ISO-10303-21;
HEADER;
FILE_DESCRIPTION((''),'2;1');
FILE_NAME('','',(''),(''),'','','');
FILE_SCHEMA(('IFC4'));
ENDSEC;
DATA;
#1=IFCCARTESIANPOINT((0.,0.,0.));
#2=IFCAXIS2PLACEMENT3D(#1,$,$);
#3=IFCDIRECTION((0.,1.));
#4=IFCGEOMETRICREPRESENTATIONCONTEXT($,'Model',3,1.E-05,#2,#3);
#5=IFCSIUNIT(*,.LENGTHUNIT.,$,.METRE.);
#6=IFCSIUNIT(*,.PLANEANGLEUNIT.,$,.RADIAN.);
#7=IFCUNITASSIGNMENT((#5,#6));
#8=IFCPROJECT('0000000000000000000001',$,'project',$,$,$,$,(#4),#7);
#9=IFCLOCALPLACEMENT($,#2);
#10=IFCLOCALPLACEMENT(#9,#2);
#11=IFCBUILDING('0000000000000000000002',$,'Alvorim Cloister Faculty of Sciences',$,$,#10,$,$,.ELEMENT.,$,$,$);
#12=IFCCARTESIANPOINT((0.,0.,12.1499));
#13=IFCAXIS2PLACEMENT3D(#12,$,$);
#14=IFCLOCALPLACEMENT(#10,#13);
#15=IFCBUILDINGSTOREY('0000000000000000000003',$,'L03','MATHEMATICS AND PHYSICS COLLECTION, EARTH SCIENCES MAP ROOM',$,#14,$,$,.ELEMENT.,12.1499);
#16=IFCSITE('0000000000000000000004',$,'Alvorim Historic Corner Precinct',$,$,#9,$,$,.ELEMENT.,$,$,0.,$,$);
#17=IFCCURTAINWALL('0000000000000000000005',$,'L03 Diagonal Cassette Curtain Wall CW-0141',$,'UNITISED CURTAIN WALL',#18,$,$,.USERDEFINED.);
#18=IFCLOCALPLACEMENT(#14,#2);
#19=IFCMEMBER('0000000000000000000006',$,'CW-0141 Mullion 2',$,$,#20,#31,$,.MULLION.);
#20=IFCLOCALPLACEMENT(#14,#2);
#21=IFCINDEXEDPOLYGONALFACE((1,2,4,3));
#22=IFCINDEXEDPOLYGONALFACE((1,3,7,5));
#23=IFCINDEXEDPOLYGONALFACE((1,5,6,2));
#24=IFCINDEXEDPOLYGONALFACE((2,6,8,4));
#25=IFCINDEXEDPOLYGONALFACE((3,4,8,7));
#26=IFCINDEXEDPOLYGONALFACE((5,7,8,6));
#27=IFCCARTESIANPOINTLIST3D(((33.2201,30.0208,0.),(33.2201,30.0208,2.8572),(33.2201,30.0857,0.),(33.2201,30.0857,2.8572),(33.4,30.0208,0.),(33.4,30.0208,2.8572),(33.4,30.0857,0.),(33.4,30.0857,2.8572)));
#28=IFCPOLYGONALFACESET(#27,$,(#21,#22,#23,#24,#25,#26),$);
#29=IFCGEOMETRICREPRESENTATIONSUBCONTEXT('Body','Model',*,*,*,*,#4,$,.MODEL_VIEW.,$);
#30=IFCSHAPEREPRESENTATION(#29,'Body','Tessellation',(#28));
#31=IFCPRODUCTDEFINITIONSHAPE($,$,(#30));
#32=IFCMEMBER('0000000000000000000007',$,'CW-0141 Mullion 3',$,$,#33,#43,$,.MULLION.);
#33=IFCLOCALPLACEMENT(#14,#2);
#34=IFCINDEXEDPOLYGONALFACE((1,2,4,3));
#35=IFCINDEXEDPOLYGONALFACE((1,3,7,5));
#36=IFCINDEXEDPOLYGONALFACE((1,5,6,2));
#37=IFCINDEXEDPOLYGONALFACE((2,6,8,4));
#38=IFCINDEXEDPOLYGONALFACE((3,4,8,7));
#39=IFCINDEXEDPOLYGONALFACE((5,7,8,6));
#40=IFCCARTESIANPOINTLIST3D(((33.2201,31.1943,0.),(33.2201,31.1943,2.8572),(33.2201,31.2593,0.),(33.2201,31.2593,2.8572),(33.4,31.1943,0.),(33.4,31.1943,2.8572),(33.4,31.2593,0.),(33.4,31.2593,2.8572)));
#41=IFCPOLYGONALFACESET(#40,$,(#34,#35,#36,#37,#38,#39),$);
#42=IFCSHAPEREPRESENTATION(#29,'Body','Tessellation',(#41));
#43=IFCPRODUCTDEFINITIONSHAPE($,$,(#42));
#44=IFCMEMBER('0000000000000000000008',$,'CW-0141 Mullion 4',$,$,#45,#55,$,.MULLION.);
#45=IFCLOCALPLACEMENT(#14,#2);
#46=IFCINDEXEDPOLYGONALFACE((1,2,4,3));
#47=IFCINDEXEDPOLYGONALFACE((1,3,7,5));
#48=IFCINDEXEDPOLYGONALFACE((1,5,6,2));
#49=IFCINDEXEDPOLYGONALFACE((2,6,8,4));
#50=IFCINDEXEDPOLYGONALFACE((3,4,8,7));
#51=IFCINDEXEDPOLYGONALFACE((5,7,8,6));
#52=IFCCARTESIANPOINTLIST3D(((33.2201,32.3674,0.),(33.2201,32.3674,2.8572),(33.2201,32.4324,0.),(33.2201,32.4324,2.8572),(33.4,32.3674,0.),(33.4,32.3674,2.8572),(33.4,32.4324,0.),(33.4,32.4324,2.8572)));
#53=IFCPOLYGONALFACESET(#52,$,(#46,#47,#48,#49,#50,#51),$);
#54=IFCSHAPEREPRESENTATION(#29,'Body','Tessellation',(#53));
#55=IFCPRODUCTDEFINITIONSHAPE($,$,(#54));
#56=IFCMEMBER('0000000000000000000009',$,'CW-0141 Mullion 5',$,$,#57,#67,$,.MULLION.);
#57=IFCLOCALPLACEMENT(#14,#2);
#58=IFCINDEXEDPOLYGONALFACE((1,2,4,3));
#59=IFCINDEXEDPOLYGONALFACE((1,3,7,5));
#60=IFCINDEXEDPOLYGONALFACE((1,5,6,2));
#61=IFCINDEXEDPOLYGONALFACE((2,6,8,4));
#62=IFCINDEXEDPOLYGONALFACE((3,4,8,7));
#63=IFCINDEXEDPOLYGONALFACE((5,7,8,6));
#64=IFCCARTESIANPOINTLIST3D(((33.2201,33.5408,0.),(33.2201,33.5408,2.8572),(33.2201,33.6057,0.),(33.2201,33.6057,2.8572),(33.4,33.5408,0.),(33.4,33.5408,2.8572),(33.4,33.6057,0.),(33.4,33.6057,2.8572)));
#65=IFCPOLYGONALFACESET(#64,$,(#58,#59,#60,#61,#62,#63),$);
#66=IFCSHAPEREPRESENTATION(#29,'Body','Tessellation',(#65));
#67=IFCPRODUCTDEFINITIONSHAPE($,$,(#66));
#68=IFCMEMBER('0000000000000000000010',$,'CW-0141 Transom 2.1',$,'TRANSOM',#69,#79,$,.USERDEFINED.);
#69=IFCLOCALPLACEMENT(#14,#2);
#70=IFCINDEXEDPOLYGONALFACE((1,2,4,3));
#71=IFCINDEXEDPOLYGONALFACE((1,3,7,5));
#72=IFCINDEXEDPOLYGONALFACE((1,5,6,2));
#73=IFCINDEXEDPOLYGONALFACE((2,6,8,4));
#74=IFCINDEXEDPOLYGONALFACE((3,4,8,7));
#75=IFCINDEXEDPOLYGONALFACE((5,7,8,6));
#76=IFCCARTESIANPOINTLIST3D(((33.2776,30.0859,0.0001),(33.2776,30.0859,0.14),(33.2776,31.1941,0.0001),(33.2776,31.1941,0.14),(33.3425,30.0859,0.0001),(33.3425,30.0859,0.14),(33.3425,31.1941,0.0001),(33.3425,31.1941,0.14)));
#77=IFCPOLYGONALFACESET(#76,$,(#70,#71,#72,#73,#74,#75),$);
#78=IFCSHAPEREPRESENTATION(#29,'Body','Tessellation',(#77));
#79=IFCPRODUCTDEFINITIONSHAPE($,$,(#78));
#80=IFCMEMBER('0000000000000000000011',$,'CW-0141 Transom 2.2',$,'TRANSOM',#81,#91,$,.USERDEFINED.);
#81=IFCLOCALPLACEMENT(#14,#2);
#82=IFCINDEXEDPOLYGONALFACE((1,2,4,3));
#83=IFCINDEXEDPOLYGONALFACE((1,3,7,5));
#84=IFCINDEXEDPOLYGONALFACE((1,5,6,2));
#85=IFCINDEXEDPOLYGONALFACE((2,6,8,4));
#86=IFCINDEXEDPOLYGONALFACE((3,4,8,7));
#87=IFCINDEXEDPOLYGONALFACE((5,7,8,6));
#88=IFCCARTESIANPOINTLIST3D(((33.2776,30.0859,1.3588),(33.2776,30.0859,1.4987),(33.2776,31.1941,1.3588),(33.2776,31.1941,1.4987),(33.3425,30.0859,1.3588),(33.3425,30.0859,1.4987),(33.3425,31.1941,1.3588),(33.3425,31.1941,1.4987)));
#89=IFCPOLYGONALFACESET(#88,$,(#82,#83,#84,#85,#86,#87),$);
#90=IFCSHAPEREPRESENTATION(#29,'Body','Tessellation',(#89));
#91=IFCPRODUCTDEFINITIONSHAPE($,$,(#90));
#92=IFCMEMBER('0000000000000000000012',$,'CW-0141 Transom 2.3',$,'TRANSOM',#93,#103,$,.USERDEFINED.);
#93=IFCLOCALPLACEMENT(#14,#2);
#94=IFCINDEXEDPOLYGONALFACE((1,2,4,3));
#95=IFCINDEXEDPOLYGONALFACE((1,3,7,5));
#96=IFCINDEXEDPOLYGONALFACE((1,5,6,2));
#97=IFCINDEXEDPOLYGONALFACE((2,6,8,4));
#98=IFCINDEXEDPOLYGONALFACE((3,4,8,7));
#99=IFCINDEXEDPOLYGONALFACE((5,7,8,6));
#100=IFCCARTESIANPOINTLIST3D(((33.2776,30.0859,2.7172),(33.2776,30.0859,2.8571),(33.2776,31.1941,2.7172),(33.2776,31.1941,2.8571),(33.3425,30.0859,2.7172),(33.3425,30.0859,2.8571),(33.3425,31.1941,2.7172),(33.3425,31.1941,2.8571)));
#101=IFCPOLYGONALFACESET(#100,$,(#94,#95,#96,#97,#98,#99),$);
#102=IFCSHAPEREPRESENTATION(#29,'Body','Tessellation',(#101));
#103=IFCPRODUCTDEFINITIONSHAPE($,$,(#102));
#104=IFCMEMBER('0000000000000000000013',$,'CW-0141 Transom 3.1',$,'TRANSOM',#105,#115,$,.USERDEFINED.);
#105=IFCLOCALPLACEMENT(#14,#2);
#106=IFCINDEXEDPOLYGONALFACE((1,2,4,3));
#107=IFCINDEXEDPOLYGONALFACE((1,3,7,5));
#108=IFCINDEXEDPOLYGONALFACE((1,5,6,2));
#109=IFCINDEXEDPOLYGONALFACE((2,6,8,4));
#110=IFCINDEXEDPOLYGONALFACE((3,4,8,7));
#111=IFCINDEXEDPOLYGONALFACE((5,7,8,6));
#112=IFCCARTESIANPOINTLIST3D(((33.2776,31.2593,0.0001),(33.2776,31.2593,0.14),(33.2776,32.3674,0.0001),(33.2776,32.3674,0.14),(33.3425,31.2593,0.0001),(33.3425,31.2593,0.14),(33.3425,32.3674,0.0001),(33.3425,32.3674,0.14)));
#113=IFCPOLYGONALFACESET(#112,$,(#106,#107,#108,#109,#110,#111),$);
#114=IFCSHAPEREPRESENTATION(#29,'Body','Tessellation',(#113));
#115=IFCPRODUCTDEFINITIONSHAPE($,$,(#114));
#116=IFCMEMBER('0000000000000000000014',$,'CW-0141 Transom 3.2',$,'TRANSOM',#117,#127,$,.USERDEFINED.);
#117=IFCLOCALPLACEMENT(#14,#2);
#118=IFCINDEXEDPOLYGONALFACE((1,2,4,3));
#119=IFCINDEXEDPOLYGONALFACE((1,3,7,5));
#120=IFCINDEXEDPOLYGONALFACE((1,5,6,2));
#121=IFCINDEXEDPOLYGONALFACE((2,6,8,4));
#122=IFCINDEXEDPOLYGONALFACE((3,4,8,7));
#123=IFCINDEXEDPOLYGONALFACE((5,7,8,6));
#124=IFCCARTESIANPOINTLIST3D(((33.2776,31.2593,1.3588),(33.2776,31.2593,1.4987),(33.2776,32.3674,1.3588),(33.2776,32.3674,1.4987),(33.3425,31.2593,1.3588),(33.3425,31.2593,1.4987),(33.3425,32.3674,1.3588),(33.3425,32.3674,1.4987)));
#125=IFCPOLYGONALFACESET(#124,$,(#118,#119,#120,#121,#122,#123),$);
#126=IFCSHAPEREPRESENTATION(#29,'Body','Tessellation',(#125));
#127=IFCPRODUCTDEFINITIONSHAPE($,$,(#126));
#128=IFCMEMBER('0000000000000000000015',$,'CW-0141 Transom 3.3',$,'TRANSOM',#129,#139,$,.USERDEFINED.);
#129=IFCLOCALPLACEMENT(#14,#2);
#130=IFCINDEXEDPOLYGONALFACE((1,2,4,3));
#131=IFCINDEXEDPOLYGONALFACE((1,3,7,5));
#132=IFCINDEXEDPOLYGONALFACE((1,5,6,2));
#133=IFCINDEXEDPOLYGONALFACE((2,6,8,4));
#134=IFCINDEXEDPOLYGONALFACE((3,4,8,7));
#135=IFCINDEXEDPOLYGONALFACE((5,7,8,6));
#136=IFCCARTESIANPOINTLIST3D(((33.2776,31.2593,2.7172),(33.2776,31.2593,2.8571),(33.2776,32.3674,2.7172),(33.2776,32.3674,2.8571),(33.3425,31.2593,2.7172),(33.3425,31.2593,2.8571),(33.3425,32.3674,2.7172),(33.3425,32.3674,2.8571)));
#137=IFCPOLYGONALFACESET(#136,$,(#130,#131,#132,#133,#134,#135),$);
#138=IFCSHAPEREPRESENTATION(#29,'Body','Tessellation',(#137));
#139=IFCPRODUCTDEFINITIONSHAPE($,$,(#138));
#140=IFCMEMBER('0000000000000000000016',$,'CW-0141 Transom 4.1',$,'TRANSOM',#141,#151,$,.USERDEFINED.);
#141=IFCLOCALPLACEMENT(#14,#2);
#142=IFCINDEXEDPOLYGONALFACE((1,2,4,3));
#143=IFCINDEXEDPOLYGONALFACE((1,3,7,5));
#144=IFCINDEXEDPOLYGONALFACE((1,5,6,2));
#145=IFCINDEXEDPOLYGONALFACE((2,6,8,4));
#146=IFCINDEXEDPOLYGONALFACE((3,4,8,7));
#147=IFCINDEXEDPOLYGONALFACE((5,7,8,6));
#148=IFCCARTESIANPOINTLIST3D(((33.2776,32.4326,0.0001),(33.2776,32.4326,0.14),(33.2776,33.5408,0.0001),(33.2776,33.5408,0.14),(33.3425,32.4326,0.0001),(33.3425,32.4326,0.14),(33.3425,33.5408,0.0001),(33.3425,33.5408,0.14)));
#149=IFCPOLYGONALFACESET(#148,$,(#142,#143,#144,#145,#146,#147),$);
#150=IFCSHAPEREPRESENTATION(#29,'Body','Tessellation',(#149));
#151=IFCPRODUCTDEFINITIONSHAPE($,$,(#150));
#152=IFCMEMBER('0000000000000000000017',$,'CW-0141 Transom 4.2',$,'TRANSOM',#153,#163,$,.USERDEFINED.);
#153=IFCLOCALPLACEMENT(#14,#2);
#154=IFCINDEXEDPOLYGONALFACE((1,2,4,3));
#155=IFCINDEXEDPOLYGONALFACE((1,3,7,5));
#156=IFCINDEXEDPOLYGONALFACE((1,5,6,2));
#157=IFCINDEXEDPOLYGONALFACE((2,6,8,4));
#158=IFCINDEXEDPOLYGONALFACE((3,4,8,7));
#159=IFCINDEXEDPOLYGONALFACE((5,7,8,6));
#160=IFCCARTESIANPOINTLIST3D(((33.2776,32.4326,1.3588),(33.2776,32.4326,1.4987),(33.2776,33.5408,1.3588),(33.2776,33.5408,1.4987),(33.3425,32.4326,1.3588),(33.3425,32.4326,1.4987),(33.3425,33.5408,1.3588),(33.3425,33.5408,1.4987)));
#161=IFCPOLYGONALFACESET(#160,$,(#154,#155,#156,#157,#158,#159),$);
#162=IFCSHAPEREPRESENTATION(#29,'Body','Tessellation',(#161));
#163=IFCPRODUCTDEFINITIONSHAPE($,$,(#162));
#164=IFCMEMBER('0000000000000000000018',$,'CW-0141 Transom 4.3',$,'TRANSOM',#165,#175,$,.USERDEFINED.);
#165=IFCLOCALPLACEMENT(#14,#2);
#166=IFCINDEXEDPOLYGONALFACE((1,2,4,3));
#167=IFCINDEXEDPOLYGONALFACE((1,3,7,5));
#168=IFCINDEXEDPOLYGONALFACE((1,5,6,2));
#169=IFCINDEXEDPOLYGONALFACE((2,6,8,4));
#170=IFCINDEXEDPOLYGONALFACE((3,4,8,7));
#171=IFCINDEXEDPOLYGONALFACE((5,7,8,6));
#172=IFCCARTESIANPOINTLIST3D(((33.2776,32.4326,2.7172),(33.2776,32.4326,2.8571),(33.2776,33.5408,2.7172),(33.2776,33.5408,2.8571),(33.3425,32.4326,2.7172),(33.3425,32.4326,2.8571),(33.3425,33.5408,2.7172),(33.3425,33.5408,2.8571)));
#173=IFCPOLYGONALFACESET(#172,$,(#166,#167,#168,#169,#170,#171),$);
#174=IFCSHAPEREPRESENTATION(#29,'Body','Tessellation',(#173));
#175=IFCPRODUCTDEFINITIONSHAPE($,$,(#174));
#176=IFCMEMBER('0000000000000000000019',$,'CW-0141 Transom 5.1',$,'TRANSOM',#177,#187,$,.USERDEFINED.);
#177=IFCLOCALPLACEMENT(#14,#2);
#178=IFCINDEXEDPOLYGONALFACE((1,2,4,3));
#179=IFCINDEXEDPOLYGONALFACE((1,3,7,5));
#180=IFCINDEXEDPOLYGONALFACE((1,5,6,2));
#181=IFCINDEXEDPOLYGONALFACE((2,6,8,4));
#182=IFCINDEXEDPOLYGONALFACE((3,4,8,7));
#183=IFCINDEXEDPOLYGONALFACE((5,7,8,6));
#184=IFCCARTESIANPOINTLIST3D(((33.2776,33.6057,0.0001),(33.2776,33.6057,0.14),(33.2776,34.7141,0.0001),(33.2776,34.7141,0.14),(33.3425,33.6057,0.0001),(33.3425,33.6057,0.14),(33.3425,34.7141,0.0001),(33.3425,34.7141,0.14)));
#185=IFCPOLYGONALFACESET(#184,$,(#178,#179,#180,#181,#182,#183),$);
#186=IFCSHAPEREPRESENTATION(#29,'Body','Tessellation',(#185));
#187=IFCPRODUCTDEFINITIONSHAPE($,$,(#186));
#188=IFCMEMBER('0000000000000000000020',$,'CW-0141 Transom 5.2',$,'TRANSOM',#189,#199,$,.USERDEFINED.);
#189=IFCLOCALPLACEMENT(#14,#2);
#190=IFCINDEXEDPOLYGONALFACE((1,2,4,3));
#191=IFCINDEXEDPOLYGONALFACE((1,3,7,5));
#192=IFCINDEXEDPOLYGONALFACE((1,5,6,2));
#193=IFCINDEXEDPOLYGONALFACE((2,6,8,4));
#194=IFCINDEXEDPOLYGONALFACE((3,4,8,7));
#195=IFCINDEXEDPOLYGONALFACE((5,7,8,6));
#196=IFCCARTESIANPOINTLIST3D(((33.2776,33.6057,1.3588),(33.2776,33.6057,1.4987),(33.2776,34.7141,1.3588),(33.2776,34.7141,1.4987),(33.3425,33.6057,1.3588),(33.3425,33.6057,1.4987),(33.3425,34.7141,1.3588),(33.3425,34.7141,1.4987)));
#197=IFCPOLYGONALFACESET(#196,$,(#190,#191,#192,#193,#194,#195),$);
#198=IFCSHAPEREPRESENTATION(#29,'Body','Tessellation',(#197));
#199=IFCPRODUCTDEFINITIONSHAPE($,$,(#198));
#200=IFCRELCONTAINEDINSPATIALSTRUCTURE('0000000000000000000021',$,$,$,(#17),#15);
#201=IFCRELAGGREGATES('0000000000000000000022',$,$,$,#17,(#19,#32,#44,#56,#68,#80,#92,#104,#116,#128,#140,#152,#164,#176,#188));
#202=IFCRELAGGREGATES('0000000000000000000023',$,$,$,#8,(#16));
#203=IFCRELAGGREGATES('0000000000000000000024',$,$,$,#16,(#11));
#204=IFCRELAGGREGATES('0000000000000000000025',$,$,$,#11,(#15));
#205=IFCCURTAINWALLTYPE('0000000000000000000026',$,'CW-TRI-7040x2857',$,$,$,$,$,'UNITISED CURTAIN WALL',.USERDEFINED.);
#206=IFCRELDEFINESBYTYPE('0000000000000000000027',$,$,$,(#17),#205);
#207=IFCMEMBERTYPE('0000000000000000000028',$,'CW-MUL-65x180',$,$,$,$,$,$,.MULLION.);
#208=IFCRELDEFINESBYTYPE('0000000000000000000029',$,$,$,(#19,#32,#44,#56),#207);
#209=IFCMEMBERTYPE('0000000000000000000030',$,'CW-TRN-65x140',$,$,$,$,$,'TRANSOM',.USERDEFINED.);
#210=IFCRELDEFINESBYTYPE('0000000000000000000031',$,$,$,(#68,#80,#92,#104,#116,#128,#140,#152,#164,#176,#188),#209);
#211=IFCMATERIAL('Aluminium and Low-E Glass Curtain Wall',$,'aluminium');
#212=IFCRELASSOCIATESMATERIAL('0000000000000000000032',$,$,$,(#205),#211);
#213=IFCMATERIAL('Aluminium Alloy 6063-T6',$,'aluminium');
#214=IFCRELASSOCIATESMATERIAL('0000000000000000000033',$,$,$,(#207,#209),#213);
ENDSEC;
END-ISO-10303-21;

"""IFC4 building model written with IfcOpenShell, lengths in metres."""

from ifc_helpers import new_model, si_unit, direction, frame, origin, origin_2d, place, context, subcontext, project, spatial, rectangle, extrude, material, material_profile, profile_set, type_object, element, aggregate, save


model = new_model("IFC4")

# Units and contexts
model_context = context("Model", 3, precision=1e-05, world=origin(), true_north=direction((0.0, 1.0)))
body_context = subcontext(model_context, "Body", "Model", "MODEL_VIEW")
ifc_project = project(units=[si_unit("LENGTHUNIT", "METRE"), si_unit("PLANEANGLEUNIT", "RADIAN")], contexts=[model_context])

# Site, building, storey
site_placement = place(None, origin())
site = spatial("IfcSite", under=ifc_project, at=site_placement, Name="Alvorim Historic Corner Precinct", CompositionType="ELEMENT", RefElevation=0.0)
building_placement = place(site_placement, origin())
building = spatial("IfcBuilding", under=site, at=building_placement, Name="Alvorim Cloister Faculty of Sciences", CompositionType="ELEMENT")
storey_placement = place(building_placement, frame((0.0, 0.0, 12.1499)))
storey = spatial("IfcBuildingStorey", under=building, at=storey_placement, Name="L03", Description="MATHEMATICS AND PHYSICS COLLECTION, EARTH SCIENCES MAP ROOM", CompositionType="ELEMENT", Elevation=12.1499)

# Curtain wall, members
ifc_material_1 = material(Name="Aluminium and Low-E Glass Curtain Wall", Category="aluminium")
curtain_wall_type = type_object("IfcCurtainWallType", Name="CW-TRI-7040x2857", ElementType="UNITISED CURTAIN WALL", PredefinedType="USERDEFINED", material=ifc_material_1)
curtain_wall_placement = place(storey_placement, origin())
curtain_wall = element("IfcCurtainWall", 1, at=curtain_wall_placement, inside=storey, type_object=curtain_wall_type, Name="L03 Diagonal Cassette Curtain Wall CW-0141", ObjectType="UNITISED CURTAIN WALL", PredefinedType="USERDEFINED")
ifc_material_2 = material(Name="Aluminium Alloy 6063-T6", Category="aluminium")
ifc_material_profile_1 = material_profile(ifc_material_2, rectangle(XDim=0.0649, YDim=0.1799, at=origin_2d()), Name="ALU-MUL-65x180")
ifc_profile_set_1 = profile_set([ifc_material_profile_1], Name="Aluminium Alloy 6063-T6")
member_type_1 = type_object("IfcMemberType", Name="CW-MUL-65x180", PredefinedType="MULLION", material=ifc_profile_set_1)
member_1_placement = place(storey_placement, frame((33.3101, 30.0532, 0.0), z_axis=(0.0, 0.0, 1.0), x_axis=(0.0, 1.0, 0.0)))
member_1 = element("IfcMember", 2, at=member_1_placement, type_object=member_type_1, Name="CW-0141 Mullion 2", PredefinedType="MULLION", context=body_context, shape_type="SweptSolid", body=[
    extrude(rectangle(XDim=0.0649, YDim=0.1799, at=origin_2d()), origin(), (0.0, 0.0, 1.0), 2.8572),
])
member_2_placement = place(storey_placement, frame((33.3101, 31.2268, 0.0), z_axis=(0.0, 0.0, 1.0), x_axis=(0.0, 1.0, 0.0)))
member_2 = element("IfcMember", 3, at=member_2_placement, type_object=member_type_1, Name="CW-0141 Mullion 3", PredefinedType="MULLION", context=body_context, shape_type="SweptSolid", body=[
    extrude(rectangle(XDim=0.0649, YDim=0.1799, at=origin_2d()), origin(), (0.0, 0.0, 1.0), 2.8572),
])
member_3_placement = place(storey_placement, frame((33.3101, 32.3999, 0.0), z_axis=(0.0, 0.0, 1.0), x_axis=(0.0, 1.0, 0.0)))
member_3 = element("IfcMember", 4, at=member_3_placement, type_object=member_type_1, Name="CW-0141 Mullion 4", PredefinedType="MULLION", context=body_context, shape_type="SweptSolid", body=[
    extrude(rectangle(XDim=0.0649, YDim=0.1799, at=origin_2d()), origin(), (0.0, 0.0, 1.0), 2.8572),
])
member_4_placement = place(storey_placement, frame((33.3101, 33.5732, 0.0), z_axis=(0.0, 0.0, 1.0), x_axis=(0.0, 1.0, 0.0)))
member_4 = element("IfcMember", 5, at=member_4_placement, type_object=member_type_1, Name="CW-0141 Mullion 5", PredefinedType="MULLION", context=body_context, shape_type="SweptSolid", body=[
    extrude(rectangle(XDim=0.0649, YDim=0.1799, at=origin_2d()), origin(), (0.0, 0.0, 1.0), 2.8572),
])
ifc_material_profile_2 = material_profile(ifc_material_2, rectangle(XDim=0.0649, YDim=0.1399, at=origin_2d()), Name="ALU-TRN-65x140")
ifc_profile_set_2 = profile_set([ifc_material_profile_2], Name="Aluminium Alloy 6063-T6")
member_type_2 = type_object("IfcMemberType", Name="CW-TRN-65x140", ElementType="TRANSOM", PredefinedType="USERDEFINED", material=ifc_profile_set_2)
member_5_placement = place(storey_placement, frame((33.3101, 30.0859, 0.0701), z_axis=(0.0, 1.0, 0.0), x_axis=(-1.0, 0.0, 0.0)))
member_5 = element("IfcMember", 6, at=member_5_placement, type_object=member_type_2, Name="CW-0141 Transom 2.1", ObjectType="TRANSOM", PredefinedType="USERDEFINED", context=body_context, shape_type="SweptSolid", body=[
    extrude(rectangle(XDim=0.0649, YDim=0.1399, at=origin_2d()), origin(), (0.0, 0.0, 1.0), 1.1082),
])
member_6_placement = place(storey_placement, frame((33.3101, 30.0859, 1.4287), z_axis=(0.0, 1.0, 0.0), x_axis=(-1.0, 0.0, 0.0)))
member_6 = element("IfcMember", 7, at=member_6_placement, type_object=member_type_2, Name="CW-0141 Transom 2.2", ObjectType="TRANSOM", PredefinedType="USERDEFINED", context=body_context, shape_type="SweptSolid", body=[
    extrude(rectangle(XDim=0.0649, YDim=0.1399, at=origin_2d()), origin(), (0.0, 0.0, 1.0), 1.1082),
])
member_7_placement = place(storey_placement, frame((33.3101, 30.0859, 2.7871), z_axis=(0.0, 1.0, 0.0), x_axis=(-1.0, 0.0, 0.0)))
member_7 = element("IfcMember", 8, at=member_7_placement, type_object=member_type_2, Name="CW-0141 Transom 2.3", ObjectType="TRANSOM", PredefinedType="USERDEFINED", context=body_context, shape_type="SweptSolid", body=[
    extrude(rectangle(XDim=0.0649, YDim=0.1399, at=origin_2d()), origin(), (0.0, 0.0, 1.0), 1.1082),
])
member_8_placement = place(storey_placement, frame((33.3101, 31.2593, 0.0701), z_axis=(0.0, 1.0, 0.0), x_axis=(-1.0, 0.0, 0.0)))
member_8 = element("IfcMember", 9, at=member_8_placement, type_object=member_type_2, Name="CW-0141 Transom 3.1", ObjectType="TRANSOM", PredefinedType="USERDEFINED", context=body_context, shape_type="SweptSolid", body=[
    extrude(rectangle(XDim=0.0649, YDim=0.1399, at=origin_2d()), origin(), (0.0, 0.0, 1.0), 1.1082),
])
member_9_placement = place(storey_placement, frame((33.3101, 31.2593, 1.4287), z_axis=(0.0, 1.0, 0.0), x_axis=(-1.0, 0.0, 0.0)))
member_9 = element("IfcMember", 10, at=member_9_placement, type_object=member_type_2, Name="CW-0141 Transom 3.2", ObjectType="TRANSOM", PredefinedType="USERDEFINED", context=body_context, shape_type="SweptSolid", body=[
    extrude(rectangle(XDim=0.0649, YDim=0.1399, at=origin_2d()), origin(), (0.0, 0.0, 1.0), 1.1082),
])
member_10_placement = place(storey_placement, frame((33.3101, 31.2593, 2.7871), z_axis=(0.0, 1.0, 0.0), x_axis=(-1.0, 0.0, 0.0)))
member_10 = element("IfcMember", 11, at=member_10_placement, type_object=member_type_2, Name="CW-0141 Transom 3.3", ObjectType="TRANSOM", PredefinedType="USERDEFINED", context=body_context, shape_type="SweptSolid", body=[
    extrude(rectangle(XDim=0.0649, YDim=0.1399, at=origin_2d()), origin(), (0.0, 0.0, 1.0), 1.1082),
])
member_11_placement = place(storey_placement, frame((33.3101, 32.4326, 0.0701), z_axis=(0.0, 1.0, 0.0), x_axis=(-1.0, 0.0, 0.0)))
member_11 = element("IfcMember", 12, at=member_11_placement, type_object=member_type_2, Name="CW-0141 Transom 4.1", ObjectType="TRANSOM", PredefinedType="USERDEFINED", context=body_context, shape_type="SweptSolid", body=[
    extrude(rectangle(XDim=0.0649, YDim=0.1399, at=origin_2d()), origin(), (0.0, 0.0, 1.0), 1.1082),
])
member_12_placement = place(storey_placement, frame((33.3101, 32.4326, 1.4287), z_axis=(0.0, 1.0, 0.0), x_axis=(-1.0, 0.0, 0.0)))
member_12 = element("IfcMember", 13, at=member_12_placement, type_object=member_type_2, Name="CW-0141 Transom 4.2", ObjectType="TRANSOM", PredefinedType="USERDEFINED", context=body_context, shape_type="SweptSolid", body=[
    extrude(rectangle(XDim=0.0649, YDim=0.1399, at=origin_2d()), origin(), (0.0, 0.0, 1.0), 1.1082),
])
member_13_placement = place(storey_placement, frame((33.3101, 32.4326, 2.7871), z_axis=(0.0, 1.0, 0.0), x_axis=(-1.0, 0.0, 0.0)))
member_13 = element("IfcMember", 14, at=member_13_placement, type_object=member_type_2, Name="CW-0141 Transom 4.3", ObjectType="TRANSOM", PredefinedType="USERDEFINED", context=body_context, shape_type="SweptSolid", body=[
    extrude(rectangle(XDim=0.0649, YDim=0.1399, at=origin_2d()), origin(), (0.0, 0.0, 1.0), 1.1082),
])
member_14_placement = place(storey_placement, frame((33.3101, 33.6057, 0.0701), z_axis=(0.0, 1.0, 0.0), x_axis=(-1.0, 0.0, 0.0)))
member_14 = element("IfcMember", 15, at=member_14_placement, type_object=member_type_2, Name="CW-0141 Transom 5.1", ObjectType="TRANSOM", PredefinedType="USERDEFINED", context=body_context, shape_type="SweptSolid", body=[
    extrude(rectangle(XDim=0.0649, YDim=0.1399, at=origin_2d()), origin(), (0.0, 0.0, 1.0), 1.1084),
])
member_15_placement = place(storey_placement, frame((33.3101, 33.6057, 1.4287), z_axis=(0.0, 1.0, 0.0), x_axis=(-1.0, 0.0, 0.0)))
member_15 = element("IfcMember", 16, at=member_15_placement, type_object=member_type_2, Name="CW-0141 Transom 5.2", ObjectType="TRANSOM", PredefinedType="USERDEFINED", context=body_context, shape_type="SweptSolid", body=[
    extrude(rectangle(XDim=0.0649, YDim=0.1399, at=origin_2d()), origin(), (0.0, 0.0, 1.0), 1.1084),
])
aggregate(curtain_wall, [member_1, member_2, member_3, member_4, member_5, member_6, member_7, member_8, member_9, member_10, member_11, member_12, member_13, member_14, member_15])

save(model, "model.ifc")
